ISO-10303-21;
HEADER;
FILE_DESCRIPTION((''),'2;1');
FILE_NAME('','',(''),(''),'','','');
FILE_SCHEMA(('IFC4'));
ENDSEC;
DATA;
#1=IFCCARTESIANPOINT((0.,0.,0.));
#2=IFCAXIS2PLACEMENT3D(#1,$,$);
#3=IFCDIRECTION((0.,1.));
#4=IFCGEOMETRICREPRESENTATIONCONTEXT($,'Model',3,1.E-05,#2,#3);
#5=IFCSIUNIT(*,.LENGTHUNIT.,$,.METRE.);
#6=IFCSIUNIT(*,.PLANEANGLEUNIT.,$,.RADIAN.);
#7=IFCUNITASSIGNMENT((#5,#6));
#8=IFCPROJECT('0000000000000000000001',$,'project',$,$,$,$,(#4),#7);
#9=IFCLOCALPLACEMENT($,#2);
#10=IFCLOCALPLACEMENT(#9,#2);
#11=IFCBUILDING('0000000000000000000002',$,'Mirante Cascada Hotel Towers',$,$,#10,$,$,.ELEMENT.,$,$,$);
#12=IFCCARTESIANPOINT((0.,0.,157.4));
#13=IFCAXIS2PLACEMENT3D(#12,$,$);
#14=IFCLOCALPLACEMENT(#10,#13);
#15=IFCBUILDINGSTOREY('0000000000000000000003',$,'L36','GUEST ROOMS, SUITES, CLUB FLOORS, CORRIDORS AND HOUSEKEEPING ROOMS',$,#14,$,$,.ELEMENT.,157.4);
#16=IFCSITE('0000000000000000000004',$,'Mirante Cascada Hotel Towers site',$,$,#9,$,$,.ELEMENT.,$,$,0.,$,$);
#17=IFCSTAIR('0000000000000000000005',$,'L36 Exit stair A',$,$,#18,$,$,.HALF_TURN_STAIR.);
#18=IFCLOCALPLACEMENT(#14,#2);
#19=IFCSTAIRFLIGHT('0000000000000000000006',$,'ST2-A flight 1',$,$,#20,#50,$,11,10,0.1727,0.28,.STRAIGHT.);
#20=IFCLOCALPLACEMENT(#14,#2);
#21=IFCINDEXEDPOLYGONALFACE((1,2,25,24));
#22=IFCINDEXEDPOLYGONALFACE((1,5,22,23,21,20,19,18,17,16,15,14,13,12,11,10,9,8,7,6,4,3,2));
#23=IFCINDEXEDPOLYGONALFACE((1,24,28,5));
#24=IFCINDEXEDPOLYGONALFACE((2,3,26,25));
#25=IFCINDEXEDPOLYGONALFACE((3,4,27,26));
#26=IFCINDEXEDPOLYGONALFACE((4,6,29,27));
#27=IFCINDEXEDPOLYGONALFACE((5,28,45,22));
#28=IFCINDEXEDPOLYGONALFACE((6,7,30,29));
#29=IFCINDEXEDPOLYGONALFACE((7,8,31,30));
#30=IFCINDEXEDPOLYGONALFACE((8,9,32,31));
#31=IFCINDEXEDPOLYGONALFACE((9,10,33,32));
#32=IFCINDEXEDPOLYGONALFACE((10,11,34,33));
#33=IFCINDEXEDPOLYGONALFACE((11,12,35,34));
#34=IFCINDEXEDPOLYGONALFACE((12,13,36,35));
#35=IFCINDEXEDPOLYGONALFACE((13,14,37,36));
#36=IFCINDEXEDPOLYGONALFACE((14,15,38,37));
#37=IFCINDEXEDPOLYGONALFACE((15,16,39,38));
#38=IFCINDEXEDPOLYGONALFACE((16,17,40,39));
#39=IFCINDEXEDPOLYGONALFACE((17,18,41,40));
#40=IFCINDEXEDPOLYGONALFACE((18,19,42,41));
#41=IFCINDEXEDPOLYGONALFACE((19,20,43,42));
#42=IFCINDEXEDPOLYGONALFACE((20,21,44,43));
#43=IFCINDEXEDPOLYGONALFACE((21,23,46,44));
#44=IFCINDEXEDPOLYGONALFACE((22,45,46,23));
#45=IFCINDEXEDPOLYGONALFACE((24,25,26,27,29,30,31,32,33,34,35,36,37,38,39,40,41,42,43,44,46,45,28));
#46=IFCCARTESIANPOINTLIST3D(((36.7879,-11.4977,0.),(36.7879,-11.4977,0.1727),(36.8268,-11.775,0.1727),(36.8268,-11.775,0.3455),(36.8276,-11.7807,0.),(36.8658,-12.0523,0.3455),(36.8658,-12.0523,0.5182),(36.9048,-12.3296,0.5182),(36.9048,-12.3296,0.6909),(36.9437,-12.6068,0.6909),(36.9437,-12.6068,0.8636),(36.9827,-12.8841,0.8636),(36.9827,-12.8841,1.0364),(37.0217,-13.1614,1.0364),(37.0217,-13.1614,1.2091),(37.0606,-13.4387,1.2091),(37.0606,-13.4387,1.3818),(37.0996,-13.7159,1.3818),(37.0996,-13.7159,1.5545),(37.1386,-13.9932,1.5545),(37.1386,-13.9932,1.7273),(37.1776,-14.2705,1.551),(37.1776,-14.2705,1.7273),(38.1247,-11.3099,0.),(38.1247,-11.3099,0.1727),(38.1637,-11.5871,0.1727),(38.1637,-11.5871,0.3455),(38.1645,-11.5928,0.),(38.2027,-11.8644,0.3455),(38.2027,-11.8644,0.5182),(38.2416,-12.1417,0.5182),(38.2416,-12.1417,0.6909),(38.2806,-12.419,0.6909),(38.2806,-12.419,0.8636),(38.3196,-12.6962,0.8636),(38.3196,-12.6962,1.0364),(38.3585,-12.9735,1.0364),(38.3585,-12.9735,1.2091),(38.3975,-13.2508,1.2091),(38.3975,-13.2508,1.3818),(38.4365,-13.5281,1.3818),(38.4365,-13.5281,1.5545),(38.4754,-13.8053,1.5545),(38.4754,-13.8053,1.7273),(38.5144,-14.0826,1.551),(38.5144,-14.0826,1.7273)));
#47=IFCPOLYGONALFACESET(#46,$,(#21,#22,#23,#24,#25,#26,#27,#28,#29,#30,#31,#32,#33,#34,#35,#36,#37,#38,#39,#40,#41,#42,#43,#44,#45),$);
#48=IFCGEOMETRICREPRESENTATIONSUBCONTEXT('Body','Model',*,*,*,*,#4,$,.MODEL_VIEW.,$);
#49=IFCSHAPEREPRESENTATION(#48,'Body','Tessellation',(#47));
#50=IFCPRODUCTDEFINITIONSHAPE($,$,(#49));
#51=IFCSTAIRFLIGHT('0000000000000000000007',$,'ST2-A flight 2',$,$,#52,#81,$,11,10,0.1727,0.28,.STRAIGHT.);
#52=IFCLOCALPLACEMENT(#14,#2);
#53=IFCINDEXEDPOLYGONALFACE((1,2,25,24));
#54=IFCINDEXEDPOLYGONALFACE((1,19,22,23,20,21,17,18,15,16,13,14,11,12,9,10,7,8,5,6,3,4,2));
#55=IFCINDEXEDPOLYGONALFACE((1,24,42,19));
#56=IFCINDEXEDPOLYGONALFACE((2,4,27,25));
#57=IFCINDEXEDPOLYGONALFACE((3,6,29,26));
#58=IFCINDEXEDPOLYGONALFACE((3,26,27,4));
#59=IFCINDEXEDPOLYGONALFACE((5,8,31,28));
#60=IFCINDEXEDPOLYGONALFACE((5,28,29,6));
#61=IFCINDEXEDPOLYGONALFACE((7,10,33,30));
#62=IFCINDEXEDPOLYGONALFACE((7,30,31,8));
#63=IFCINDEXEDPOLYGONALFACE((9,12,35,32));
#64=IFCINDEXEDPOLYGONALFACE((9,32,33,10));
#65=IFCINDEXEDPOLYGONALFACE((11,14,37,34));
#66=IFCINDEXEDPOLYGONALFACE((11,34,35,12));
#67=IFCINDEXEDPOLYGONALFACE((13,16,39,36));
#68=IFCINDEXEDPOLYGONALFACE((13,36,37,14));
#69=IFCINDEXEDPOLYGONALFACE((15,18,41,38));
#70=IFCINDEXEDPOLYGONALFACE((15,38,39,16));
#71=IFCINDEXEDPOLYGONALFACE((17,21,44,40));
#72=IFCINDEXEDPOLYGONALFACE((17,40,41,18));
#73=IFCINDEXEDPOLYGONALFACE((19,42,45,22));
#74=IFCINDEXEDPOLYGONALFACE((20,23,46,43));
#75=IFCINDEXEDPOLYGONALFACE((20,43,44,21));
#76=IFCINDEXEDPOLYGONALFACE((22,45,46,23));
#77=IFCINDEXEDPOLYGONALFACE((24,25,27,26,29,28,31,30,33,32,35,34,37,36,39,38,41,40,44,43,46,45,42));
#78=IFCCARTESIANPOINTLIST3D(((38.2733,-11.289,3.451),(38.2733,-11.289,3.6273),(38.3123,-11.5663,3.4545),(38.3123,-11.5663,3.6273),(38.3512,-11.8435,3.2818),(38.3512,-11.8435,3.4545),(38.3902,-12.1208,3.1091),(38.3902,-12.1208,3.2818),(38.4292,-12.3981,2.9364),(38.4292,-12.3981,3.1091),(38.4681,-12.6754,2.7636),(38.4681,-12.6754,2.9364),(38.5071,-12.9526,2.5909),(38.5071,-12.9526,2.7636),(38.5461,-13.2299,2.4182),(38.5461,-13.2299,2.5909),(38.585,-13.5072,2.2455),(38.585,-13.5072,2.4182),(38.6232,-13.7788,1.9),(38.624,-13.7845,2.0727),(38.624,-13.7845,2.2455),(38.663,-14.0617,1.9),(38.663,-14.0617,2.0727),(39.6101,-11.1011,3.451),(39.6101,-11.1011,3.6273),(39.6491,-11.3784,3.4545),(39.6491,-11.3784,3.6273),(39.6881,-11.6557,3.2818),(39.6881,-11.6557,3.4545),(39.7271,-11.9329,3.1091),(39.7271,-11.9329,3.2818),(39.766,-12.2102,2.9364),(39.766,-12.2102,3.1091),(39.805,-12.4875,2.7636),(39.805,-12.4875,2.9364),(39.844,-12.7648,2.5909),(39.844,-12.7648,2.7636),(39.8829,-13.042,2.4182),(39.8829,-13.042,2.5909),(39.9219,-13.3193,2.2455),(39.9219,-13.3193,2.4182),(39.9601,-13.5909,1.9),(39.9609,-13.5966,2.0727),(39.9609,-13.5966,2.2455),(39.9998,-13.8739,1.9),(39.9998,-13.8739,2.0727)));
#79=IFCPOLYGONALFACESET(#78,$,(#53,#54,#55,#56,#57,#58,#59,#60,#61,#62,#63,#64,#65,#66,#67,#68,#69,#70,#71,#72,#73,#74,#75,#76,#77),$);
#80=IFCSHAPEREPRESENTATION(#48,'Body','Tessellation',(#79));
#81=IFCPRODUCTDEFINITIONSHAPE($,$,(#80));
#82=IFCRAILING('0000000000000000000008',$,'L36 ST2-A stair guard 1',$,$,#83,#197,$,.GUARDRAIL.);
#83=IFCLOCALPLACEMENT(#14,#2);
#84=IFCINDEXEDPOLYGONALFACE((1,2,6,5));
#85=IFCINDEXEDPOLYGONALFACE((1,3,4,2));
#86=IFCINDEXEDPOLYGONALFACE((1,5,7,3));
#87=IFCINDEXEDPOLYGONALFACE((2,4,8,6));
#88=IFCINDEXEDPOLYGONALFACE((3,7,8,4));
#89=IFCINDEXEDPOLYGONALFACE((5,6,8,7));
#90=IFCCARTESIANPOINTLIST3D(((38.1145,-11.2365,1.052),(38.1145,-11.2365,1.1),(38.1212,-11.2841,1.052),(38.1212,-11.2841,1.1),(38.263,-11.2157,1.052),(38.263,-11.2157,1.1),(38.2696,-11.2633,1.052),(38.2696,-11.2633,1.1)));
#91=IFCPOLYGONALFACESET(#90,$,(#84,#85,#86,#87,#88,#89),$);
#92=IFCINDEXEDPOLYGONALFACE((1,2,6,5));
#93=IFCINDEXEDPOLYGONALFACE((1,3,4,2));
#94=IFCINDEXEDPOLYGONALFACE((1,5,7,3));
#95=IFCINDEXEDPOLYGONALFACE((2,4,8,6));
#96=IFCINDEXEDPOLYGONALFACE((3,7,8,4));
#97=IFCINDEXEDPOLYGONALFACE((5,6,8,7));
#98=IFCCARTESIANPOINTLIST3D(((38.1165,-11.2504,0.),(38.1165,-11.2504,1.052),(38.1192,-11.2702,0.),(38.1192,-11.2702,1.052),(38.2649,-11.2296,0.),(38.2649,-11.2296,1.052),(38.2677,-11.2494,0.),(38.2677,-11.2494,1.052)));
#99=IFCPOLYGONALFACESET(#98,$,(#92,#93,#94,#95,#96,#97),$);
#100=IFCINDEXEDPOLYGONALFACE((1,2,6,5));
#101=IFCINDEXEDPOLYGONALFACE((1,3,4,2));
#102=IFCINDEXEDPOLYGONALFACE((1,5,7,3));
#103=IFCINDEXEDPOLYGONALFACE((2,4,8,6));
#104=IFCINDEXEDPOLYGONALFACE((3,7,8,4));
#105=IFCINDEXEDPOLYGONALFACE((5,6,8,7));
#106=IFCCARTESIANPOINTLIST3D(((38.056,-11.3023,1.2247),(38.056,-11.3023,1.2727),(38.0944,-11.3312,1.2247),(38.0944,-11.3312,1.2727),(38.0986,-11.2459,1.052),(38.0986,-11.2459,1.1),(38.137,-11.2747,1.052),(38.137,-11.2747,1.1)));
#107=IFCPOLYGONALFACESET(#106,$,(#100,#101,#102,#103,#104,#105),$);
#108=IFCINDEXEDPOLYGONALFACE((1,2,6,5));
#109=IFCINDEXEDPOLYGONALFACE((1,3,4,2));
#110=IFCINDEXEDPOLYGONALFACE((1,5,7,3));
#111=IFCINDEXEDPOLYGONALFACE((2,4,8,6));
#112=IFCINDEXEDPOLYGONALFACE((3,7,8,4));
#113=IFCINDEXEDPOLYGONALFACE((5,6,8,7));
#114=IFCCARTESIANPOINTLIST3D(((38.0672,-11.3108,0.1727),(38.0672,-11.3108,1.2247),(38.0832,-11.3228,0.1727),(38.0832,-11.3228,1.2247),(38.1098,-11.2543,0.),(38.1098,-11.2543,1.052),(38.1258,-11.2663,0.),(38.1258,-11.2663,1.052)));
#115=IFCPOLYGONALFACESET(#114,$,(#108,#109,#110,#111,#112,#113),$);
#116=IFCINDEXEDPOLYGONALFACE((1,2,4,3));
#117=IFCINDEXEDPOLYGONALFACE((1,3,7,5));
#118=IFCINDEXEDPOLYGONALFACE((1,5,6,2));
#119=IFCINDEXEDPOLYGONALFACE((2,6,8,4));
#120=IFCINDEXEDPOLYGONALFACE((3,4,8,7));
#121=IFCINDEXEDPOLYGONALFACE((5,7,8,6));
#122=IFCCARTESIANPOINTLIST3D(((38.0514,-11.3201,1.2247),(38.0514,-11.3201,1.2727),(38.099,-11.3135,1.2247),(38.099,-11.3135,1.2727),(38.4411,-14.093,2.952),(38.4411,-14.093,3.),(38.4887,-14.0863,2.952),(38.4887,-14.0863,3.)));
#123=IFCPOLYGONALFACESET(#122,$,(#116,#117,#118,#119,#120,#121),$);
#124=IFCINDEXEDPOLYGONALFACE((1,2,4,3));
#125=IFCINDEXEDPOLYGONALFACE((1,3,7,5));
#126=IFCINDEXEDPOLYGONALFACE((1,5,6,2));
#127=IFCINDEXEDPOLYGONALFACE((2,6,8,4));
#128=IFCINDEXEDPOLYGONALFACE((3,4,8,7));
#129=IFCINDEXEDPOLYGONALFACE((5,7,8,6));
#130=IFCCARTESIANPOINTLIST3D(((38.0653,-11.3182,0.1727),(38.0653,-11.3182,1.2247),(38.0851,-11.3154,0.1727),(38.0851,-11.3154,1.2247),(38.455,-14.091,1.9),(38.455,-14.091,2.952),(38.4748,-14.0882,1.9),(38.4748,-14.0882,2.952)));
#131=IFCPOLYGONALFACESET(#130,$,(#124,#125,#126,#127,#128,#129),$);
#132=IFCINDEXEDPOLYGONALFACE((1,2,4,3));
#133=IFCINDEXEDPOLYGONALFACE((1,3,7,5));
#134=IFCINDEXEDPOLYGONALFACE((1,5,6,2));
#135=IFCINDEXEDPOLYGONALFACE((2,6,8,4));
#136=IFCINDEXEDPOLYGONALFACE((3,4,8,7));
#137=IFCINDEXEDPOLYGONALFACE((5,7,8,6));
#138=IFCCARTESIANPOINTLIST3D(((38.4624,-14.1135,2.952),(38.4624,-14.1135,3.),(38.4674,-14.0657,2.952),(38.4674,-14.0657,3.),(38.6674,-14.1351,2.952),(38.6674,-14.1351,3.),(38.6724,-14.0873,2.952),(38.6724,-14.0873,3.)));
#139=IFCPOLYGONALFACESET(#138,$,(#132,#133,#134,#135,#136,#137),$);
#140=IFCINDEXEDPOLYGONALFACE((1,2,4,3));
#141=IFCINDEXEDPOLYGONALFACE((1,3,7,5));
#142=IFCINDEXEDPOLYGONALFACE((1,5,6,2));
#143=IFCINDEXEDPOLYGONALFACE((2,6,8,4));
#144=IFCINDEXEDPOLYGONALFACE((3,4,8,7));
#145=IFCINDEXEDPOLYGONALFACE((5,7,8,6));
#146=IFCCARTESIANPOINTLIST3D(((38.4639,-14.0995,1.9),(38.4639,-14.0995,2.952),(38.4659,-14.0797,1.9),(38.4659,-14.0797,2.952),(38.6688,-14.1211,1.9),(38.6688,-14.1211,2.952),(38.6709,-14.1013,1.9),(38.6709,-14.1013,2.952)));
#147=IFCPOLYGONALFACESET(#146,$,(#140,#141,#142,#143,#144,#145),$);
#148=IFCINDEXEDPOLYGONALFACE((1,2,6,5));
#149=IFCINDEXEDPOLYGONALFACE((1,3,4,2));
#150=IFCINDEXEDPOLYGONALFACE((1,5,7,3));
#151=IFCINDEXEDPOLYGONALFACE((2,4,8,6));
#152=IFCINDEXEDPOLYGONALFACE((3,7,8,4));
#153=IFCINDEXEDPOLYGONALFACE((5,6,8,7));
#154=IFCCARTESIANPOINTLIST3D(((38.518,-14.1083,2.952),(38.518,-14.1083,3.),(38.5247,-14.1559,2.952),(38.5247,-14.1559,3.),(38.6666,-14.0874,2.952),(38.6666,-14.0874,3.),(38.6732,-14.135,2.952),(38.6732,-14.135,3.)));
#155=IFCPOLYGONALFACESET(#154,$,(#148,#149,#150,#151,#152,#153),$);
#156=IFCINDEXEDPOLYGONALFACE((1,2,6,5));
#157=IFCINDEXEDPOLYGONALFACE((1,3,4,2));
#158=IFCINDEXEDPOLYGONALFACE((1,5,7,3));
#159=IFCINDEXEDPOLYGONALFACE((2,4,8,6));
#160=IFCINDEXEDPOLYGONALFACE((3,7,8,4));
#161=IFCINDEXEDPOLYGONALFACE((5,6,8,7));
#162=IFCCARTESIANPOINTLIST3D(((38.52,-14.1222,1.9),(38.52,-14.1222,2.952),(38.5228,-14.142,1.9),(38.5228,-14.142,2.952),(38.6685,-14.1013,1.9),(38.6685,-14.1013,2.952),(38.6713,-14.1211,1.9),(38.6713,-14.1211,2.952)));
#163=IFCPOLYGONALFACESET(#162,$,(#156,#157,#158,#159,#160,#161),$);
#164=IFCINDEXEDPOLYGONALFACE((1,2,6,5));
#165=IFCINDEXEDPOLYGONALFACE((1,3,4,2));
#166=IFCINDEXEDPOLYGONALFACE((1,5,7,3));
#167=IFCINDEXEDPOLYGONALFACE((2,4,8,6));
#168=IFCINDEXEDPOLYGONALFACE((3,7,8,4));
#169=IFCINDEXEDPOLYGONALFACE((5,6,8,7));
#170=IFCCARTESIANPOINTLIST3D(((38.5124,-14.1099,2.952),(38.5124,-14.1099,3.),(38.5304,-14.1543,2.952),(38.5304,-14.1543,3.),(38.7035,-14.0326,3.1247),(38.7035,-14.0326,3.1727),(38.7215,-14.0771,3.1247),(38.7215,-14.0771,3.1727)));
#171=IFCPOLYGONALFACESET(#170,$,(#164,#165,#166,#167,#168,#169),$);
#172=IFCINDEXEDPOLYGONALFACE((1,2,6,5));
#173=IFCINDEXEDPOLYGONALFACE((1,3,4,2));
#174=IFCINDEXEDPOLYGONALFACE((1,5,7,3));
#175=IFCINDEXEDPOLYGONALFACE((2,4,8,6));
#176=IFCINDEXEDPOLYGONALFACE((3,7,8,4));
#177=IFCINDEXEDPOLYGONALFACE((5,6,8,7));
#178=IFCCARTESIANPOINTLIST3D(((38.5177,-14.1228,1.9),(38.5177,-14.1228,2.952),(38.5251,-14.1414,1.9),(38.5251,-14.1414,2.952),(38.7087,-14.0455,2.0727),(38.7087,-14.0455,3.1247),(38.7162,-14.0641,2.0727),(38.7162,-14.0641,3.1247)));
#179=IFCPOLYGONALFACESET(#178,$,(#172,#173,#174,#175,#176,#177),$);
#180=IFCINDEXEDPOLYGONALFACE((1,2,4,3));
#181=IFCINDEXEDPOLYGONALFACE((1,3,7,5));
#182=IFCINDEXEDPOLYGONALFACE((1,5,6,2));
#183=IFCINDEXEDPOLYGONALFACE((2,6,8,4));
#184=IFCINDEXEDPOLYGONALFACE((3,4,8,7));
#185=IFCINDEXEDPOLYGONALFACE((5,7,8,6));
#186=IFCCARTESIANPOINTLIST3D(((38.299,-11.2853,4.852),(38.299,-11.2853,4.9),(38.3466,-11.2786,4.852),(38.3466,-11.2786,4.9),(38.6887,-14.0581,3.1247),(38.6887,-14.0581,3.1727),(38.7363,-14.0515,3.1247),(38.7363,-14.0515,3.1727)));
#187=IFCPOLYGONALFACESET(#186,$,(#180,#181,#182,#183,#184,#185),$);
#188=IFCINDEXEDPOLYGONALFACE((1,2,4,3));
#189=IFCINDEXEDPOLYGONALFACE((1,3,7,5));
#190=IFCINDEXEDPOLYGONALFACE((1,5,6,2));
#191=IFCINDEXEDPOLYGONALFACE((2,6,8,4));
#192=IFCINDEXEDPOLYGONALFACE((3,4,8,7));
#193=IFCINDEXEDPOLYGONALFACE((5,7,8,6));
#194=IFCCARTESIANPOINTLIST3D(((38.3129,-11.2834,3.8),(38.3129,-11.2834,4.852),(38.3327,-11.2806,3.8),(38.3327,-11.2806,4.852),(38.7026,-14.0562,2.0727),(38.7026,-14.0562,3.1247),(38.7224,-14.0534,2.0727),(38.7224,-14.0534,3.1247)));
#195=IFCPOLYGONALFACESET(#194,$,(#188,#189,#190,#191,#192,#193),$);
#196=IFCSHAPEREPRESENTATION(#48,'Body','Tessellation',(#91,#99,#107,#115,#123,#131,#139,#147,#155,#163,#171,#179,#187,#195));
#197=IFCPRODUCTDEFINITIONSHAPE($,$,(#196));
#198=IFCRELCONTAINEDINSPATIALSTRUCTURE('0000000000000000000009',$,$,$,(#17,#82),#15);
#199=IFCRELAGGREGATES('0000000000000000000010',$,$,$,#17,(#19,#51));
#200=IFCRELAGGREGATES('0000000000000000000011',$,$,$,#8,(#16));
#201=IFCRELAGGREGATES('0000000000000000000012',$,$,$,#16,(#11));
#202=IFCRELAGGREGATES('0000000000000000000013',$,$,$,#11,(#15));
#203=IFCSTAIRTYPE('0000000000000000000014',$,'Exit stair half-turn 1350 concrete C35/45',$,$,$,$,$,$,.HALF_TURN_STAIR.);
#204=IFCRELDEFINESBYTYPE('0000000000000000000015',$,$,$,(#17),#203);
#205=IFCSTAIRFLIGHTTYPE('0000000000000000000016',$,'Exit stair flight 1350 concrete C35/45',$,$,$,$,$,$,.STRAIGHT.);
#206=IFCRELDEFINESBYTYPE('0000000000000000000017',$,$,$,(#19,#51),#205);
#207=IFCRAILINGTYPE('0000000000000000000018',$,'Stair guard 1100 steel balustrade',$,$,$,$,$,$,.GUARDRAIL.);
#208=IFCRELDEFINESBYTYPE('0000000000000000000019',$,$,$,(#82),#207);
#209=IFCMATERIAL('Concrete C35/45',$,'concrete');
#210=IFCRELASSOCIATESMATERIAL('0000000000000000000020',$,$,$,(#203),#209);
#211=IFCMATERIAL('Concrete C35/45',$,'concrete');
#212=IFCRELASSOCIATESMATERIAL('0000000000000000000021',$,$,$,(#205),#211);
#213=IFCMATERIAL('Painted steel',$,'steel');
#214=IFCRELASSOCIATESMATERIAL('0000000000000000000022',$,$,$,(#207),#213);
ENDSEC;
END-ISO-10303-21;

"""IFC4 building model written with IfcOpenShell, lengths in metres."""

from ifc_helpers import new_model, si_unit, direction, frame, origin, origin_2d, place, context, subcontext, project, spatial, polyline, rectangle, outline, extrude, material, type_object, element, aggregate, save


model = new_model("IFC4")

# Units and contexts
model_context = context("Model", 3, precision=1e-05, world=origin(), true_north=direction((0.0, 1.0)))
body_context = subcontext(model_context, "Body", "Model", "MODEL_VIEW")
ifc_project = project(units=[si_unit("LENGTHUNIT", "METRE"), si_unit("PLANEANGLEUNIT", "RADIAN")], contexts=[model_context])

# Site, building, storey
site_placement = place(None, origin())
site = spatial("IfcSite", under=ifc_project, at=site_placement, Name="Mirante Cascada Hotel Towers site", CompositionType="ELEMENT", RefElevation=0.0)
building_placement = place(site_placement, origin())
building = spatial("IfcBuilding", under=site, at=building_placement, Name="Mirante Cascada Hotel Towers", CompositionType="ELEMENT")
storey_placement = place(building_placement, frame((0.0, 0.0, 157.4)))
storey = spatial("IfcBuildingStorey", under=building, at=storey_placement, Name="L36", Description="GUEST ROOMS, SUITES, CLUB FLOORS, CORRIDORS AND HOUSEKEEPING ROOMS", CompositionType="ELEMENT", Elevation=157.4)

# Stair, stair flights
ifc_material_1 = material(Name="Concrete C35/45", Category="concrete")
stair_type = type_object("IfcStairType", Name="Exit stair half-turn 1350 concrete C35/45", PredefinedType="HALF_TURN_STAIR", material=ifc_material_1)
stair_placement = place(storey_placement, origin())
stair = element("IfcStair", 1, at=stair_placement, inside=storey, type_object=stair_type, Name="L36 Exit stair A", PredefinedType="HALF_TURN_STAIR")
ifc_material_2 = material(Name="Concrete C35/45", Category="concrete")
stair_flight_type = type_object("IfcStairFlightType", Name="Exit stair flight 1350 concrete C35/45", PredefinedType="STRAIGHT", material=ifc_material_2)
stair_flight_1_placement = place(storey_placement, frame((37.4563, -11.4038, 0.0), z_axis=(0.0, 0.0, 1.0), x_axis=(0.139173, -0.990268, 0.0)))
stair_flight_1 = element("IfcStairFlight", 2, at=stair_flight_1_placement, type_object=stair_flight_type, Name="ST2-A flight 1", NumberOfRisers=11, NumberOfTreads=10, PredefinedType="STRAIGHT", RiserHeight=0.1727, TreadLength=0.28, context=body_context, shape_type="SweptSolid", body=[
    extrude(outline(polyline([(0.0, 0.0), (0.0, 0.1727), (0.28, 0.1727), (0.28, 0.3455), (0.56, 0.3455), (0.56, 0.5182), (0.84, 0.5182), (0.84, 0.6909), (1.12, 0.6909), (1.12, 0.8636), (1.4, 0.8636), (1.4, 1.0364), (1.68, 1.0364), (1.68, 1.2091), (1.96, 1.2091), (1.96, 1.3818), (2.24, 1.3818), (2.24, 1.5545), (2.52, 1.5545), (2.52, 1.7273), (2.8, 1.7273), (2.8, 1.9), (2.8, 1.551), (0.2857, 0.0), (0.0, 0.0)])), frame((0.0, 0.675, 0.0), z_axis=(0.0, -1.0, 0.0), x_axis=(1.0, 0.0, 0.0)), (0.0, 0.0, 1.0), 1.35),
])
stair_flight_2_placement = place(storey_placement, frame((39.3314, -13.9678, 1.9), z_axis=(0.0, 0.0, 1.0), x_axis=(-0.139173, 0.990268, 0.0)))
stair_flight_2 = element("IfcStairFlight", 3, at=stair_flight_2_placement, type_object=stair_flight_type, Name="ST2-A flight 2", NumberOfRisers=11, NumberOfTreads=10, PredefinedType="STRAIGHT", RiserHeight=0.1727, TreadLength=0.28, context=body_context, shape_type="SweptSolid", body=[
    extrude(outline(polyline([(0.0, 0.0), (0.0, 0.1727), (0.28, 0.1727), (0.28, 0.3455), (0.56, 0.3455), (0.56, 0.5182), (0.84, 0.5182), (0.84, 0.6909), (1.12, 0.6909), (1.12, 0.8636), (1.4, 0.8636), (1.4, 1.0364), (1.68, 1.0364), (1.68, 1.2091), (1.96, 1.2091), (1.96, 1.3818), (2.24, 1.3818), (2.24, 1.5545), (2.52, 1.5545), (2.52, 1.7273), (2.8, 1.7273), (2.8, 1.9), (2.8, 1.551), (0.2857, 0.0), (0.0, 0.0)])), frame((0.0, 0.675, 0.0), z_axis=(0.0, -1.0, 0.0), x_axis=(1.0, 0.0, 0.0)), (0.0, 0.0, 1.0), 1.35),
])
aggregate(stair, [stair_flight_1, stair_flight_2])

# Railing
ifc_material_3 = material(Name="Painted steel", Category="steel")
railing_type = type_object("IfcRailingType", Name="Stair guard 1100 steel balustrade", PredefinedType="GUARDRAIL", material=ifc_material_3)
railing_placement = place(storey_placement, frame((38.2663, -11.2395, 0.0)))
element("IfcRailing", 4, at=railing_placement, inside=storey, type_object=railing_type, Name="L36 ST2-A stair guard 1", PredefinedType="GUARDRAIL", context=body_context, shape_type="SweptSolid", body=[
    extrude(rectangle(XDim=0.048, YDim=0.048, at=origin_2d()), frame((0.0, 0.0, 1.076), z_axis=(-0.990333, -0.138713, 0.0), x_axis=(0.138713, -0.990333, 0.0)), (0.0, 0.0, 1.0), 0.1499),
    extrude(rectangle(XDim=0.02, YDim=1.052, at=origin_2d()), frame((0.0, 0.0, 0.526), z_axis=(-0.990333, -0.138713, 0.0), x_axis=(0.138713, -0.990333, 0.0)), (0.0, 0.0, 1.0), 0.1499),
    extrude(rectangle(XDim=0.048, YDim=0.048, at=origin_2d()), frame((-0.1485, -0.0208, 1.076), z_axis=(-0.602033, -0.798471, 0.0), x_axis=(0.798471, -0.602033, 0.0)), (0.0, 0.92534, 0.379139), 0.1866),
    extrude(rectangle(XDim=0.02, YDim=1.052, at=origin_2d()), frame((-0.1485, -0.0208, 0.526), z_axis=(-0.602033, -0.798471, 0.0), x_axis=(0.798471, -0.602033, 0.0)), (0.0, 0.92534, 0.379139), 0.1866),
    extrude(rectangle(XDim=0.048, YDim=0.048, at=origin_2d()), frame((-0.1911, -0.0773, 1.2487), z_axis=(0.139176, -0.990268, 0.0), x_axis=(0.990268, 0.139176, 0.0)), (0.0, 0.525021, 0.851089), 3.29),
    extrude(rectangle(XDim=0.02, YDim=1.052, at=origin_2d()), frame((-0.1911, -0.0773, 0.6987), z_axis=(0.139176, -0.990268, 0.0), x_axis=(0.990268, 0.139176, 0.0)), (0.0, 0.525021, 0.851089), 3.29),
    extrude(rectangle(XDim=0.048, YDim=0.048, at=origin_2d()), frame((0.1986, -2.8501, 2.976), z_axis=(0.994495, -0.104786, 0.0), x_axis=(0.104786, 0.994495, 0.0)), (0.0, 0.0, 1.0), 0.2061),
    extrude(rectangle(XDim=0.02, YDim=1.052, at=origin_2d()), frame((0.1986, -2.8501, 2.426), z_axis=(0.994495, -0.104786, 0.0), x_axis=(0.104786, 0.994495, 0.0)), (0.0, 0.0, 1.0), 0.2061),
    extrude(rectangle(XDim=0.048, YDim=0.048, at=origin_2d()), frame((0.4036, -2.8717, 2.976), z_axis=(-0.990241, -0.139367, 0.0), x_axis=(0.139367, -0.990241, 0.0)), (0.0, 0.0, 1.0), 0.15),
    extrude(rectangle(XDim=0.02, YDim=1.052, at=origin_2d()), frame((0.4036, -2.8717, 2.426), z_axis=(-0.990241, -0.139367, 0.0), x_axis=(0.139367, -0.990241, 0.0)), (0.0, 0.0, 1.0), 0.15),
    extrude(rectangle(XDim=0.048, YDim=0.048, at=origin_2d()), frame((0.2551, -2.8926, 2.976), z_axis=(0.927031, 0.374984, 0.0), x_axis=(-0.374984, 0.927031, 0.0)), (0.0, 0.64219, 0.766545), 0.2689),
    extrude(rectangle(XDim=0.02, YDim=1.052, at=origin_2d()), frame((0.2551, -2.8926, 2.426), z_axis=(0.927031, 0.374984, 0.0), x_axis=(-0.374984, 0.927031, 0.0)), (0.0, 0.64219, 0.766545), 0.2689),
    extrude(rectangle(XDim=0.048, YDim=0.048, at=origin_2d()), frame((0.4462, -2.8153, 3.1487), z_axis=(-0.139176, 0.990268, 0.0), x_axis=(-0.990268, -0.139176, 0.0)), (0.0, 0.525021, 0.851089), 3.29),
    extrude(rectangle(XDim=0.02, YDim=1.052, at=origin_2d()), frame((0.4462, -2.8153, 2.5987), z_axis=(-0.139176, 0.990268, 0.0), x_axis=(-0.990268, -0.139176, 0.0)), (0.0, 0.525021, 0.851089), 3.29),
])

save(model, "model.ifc")
